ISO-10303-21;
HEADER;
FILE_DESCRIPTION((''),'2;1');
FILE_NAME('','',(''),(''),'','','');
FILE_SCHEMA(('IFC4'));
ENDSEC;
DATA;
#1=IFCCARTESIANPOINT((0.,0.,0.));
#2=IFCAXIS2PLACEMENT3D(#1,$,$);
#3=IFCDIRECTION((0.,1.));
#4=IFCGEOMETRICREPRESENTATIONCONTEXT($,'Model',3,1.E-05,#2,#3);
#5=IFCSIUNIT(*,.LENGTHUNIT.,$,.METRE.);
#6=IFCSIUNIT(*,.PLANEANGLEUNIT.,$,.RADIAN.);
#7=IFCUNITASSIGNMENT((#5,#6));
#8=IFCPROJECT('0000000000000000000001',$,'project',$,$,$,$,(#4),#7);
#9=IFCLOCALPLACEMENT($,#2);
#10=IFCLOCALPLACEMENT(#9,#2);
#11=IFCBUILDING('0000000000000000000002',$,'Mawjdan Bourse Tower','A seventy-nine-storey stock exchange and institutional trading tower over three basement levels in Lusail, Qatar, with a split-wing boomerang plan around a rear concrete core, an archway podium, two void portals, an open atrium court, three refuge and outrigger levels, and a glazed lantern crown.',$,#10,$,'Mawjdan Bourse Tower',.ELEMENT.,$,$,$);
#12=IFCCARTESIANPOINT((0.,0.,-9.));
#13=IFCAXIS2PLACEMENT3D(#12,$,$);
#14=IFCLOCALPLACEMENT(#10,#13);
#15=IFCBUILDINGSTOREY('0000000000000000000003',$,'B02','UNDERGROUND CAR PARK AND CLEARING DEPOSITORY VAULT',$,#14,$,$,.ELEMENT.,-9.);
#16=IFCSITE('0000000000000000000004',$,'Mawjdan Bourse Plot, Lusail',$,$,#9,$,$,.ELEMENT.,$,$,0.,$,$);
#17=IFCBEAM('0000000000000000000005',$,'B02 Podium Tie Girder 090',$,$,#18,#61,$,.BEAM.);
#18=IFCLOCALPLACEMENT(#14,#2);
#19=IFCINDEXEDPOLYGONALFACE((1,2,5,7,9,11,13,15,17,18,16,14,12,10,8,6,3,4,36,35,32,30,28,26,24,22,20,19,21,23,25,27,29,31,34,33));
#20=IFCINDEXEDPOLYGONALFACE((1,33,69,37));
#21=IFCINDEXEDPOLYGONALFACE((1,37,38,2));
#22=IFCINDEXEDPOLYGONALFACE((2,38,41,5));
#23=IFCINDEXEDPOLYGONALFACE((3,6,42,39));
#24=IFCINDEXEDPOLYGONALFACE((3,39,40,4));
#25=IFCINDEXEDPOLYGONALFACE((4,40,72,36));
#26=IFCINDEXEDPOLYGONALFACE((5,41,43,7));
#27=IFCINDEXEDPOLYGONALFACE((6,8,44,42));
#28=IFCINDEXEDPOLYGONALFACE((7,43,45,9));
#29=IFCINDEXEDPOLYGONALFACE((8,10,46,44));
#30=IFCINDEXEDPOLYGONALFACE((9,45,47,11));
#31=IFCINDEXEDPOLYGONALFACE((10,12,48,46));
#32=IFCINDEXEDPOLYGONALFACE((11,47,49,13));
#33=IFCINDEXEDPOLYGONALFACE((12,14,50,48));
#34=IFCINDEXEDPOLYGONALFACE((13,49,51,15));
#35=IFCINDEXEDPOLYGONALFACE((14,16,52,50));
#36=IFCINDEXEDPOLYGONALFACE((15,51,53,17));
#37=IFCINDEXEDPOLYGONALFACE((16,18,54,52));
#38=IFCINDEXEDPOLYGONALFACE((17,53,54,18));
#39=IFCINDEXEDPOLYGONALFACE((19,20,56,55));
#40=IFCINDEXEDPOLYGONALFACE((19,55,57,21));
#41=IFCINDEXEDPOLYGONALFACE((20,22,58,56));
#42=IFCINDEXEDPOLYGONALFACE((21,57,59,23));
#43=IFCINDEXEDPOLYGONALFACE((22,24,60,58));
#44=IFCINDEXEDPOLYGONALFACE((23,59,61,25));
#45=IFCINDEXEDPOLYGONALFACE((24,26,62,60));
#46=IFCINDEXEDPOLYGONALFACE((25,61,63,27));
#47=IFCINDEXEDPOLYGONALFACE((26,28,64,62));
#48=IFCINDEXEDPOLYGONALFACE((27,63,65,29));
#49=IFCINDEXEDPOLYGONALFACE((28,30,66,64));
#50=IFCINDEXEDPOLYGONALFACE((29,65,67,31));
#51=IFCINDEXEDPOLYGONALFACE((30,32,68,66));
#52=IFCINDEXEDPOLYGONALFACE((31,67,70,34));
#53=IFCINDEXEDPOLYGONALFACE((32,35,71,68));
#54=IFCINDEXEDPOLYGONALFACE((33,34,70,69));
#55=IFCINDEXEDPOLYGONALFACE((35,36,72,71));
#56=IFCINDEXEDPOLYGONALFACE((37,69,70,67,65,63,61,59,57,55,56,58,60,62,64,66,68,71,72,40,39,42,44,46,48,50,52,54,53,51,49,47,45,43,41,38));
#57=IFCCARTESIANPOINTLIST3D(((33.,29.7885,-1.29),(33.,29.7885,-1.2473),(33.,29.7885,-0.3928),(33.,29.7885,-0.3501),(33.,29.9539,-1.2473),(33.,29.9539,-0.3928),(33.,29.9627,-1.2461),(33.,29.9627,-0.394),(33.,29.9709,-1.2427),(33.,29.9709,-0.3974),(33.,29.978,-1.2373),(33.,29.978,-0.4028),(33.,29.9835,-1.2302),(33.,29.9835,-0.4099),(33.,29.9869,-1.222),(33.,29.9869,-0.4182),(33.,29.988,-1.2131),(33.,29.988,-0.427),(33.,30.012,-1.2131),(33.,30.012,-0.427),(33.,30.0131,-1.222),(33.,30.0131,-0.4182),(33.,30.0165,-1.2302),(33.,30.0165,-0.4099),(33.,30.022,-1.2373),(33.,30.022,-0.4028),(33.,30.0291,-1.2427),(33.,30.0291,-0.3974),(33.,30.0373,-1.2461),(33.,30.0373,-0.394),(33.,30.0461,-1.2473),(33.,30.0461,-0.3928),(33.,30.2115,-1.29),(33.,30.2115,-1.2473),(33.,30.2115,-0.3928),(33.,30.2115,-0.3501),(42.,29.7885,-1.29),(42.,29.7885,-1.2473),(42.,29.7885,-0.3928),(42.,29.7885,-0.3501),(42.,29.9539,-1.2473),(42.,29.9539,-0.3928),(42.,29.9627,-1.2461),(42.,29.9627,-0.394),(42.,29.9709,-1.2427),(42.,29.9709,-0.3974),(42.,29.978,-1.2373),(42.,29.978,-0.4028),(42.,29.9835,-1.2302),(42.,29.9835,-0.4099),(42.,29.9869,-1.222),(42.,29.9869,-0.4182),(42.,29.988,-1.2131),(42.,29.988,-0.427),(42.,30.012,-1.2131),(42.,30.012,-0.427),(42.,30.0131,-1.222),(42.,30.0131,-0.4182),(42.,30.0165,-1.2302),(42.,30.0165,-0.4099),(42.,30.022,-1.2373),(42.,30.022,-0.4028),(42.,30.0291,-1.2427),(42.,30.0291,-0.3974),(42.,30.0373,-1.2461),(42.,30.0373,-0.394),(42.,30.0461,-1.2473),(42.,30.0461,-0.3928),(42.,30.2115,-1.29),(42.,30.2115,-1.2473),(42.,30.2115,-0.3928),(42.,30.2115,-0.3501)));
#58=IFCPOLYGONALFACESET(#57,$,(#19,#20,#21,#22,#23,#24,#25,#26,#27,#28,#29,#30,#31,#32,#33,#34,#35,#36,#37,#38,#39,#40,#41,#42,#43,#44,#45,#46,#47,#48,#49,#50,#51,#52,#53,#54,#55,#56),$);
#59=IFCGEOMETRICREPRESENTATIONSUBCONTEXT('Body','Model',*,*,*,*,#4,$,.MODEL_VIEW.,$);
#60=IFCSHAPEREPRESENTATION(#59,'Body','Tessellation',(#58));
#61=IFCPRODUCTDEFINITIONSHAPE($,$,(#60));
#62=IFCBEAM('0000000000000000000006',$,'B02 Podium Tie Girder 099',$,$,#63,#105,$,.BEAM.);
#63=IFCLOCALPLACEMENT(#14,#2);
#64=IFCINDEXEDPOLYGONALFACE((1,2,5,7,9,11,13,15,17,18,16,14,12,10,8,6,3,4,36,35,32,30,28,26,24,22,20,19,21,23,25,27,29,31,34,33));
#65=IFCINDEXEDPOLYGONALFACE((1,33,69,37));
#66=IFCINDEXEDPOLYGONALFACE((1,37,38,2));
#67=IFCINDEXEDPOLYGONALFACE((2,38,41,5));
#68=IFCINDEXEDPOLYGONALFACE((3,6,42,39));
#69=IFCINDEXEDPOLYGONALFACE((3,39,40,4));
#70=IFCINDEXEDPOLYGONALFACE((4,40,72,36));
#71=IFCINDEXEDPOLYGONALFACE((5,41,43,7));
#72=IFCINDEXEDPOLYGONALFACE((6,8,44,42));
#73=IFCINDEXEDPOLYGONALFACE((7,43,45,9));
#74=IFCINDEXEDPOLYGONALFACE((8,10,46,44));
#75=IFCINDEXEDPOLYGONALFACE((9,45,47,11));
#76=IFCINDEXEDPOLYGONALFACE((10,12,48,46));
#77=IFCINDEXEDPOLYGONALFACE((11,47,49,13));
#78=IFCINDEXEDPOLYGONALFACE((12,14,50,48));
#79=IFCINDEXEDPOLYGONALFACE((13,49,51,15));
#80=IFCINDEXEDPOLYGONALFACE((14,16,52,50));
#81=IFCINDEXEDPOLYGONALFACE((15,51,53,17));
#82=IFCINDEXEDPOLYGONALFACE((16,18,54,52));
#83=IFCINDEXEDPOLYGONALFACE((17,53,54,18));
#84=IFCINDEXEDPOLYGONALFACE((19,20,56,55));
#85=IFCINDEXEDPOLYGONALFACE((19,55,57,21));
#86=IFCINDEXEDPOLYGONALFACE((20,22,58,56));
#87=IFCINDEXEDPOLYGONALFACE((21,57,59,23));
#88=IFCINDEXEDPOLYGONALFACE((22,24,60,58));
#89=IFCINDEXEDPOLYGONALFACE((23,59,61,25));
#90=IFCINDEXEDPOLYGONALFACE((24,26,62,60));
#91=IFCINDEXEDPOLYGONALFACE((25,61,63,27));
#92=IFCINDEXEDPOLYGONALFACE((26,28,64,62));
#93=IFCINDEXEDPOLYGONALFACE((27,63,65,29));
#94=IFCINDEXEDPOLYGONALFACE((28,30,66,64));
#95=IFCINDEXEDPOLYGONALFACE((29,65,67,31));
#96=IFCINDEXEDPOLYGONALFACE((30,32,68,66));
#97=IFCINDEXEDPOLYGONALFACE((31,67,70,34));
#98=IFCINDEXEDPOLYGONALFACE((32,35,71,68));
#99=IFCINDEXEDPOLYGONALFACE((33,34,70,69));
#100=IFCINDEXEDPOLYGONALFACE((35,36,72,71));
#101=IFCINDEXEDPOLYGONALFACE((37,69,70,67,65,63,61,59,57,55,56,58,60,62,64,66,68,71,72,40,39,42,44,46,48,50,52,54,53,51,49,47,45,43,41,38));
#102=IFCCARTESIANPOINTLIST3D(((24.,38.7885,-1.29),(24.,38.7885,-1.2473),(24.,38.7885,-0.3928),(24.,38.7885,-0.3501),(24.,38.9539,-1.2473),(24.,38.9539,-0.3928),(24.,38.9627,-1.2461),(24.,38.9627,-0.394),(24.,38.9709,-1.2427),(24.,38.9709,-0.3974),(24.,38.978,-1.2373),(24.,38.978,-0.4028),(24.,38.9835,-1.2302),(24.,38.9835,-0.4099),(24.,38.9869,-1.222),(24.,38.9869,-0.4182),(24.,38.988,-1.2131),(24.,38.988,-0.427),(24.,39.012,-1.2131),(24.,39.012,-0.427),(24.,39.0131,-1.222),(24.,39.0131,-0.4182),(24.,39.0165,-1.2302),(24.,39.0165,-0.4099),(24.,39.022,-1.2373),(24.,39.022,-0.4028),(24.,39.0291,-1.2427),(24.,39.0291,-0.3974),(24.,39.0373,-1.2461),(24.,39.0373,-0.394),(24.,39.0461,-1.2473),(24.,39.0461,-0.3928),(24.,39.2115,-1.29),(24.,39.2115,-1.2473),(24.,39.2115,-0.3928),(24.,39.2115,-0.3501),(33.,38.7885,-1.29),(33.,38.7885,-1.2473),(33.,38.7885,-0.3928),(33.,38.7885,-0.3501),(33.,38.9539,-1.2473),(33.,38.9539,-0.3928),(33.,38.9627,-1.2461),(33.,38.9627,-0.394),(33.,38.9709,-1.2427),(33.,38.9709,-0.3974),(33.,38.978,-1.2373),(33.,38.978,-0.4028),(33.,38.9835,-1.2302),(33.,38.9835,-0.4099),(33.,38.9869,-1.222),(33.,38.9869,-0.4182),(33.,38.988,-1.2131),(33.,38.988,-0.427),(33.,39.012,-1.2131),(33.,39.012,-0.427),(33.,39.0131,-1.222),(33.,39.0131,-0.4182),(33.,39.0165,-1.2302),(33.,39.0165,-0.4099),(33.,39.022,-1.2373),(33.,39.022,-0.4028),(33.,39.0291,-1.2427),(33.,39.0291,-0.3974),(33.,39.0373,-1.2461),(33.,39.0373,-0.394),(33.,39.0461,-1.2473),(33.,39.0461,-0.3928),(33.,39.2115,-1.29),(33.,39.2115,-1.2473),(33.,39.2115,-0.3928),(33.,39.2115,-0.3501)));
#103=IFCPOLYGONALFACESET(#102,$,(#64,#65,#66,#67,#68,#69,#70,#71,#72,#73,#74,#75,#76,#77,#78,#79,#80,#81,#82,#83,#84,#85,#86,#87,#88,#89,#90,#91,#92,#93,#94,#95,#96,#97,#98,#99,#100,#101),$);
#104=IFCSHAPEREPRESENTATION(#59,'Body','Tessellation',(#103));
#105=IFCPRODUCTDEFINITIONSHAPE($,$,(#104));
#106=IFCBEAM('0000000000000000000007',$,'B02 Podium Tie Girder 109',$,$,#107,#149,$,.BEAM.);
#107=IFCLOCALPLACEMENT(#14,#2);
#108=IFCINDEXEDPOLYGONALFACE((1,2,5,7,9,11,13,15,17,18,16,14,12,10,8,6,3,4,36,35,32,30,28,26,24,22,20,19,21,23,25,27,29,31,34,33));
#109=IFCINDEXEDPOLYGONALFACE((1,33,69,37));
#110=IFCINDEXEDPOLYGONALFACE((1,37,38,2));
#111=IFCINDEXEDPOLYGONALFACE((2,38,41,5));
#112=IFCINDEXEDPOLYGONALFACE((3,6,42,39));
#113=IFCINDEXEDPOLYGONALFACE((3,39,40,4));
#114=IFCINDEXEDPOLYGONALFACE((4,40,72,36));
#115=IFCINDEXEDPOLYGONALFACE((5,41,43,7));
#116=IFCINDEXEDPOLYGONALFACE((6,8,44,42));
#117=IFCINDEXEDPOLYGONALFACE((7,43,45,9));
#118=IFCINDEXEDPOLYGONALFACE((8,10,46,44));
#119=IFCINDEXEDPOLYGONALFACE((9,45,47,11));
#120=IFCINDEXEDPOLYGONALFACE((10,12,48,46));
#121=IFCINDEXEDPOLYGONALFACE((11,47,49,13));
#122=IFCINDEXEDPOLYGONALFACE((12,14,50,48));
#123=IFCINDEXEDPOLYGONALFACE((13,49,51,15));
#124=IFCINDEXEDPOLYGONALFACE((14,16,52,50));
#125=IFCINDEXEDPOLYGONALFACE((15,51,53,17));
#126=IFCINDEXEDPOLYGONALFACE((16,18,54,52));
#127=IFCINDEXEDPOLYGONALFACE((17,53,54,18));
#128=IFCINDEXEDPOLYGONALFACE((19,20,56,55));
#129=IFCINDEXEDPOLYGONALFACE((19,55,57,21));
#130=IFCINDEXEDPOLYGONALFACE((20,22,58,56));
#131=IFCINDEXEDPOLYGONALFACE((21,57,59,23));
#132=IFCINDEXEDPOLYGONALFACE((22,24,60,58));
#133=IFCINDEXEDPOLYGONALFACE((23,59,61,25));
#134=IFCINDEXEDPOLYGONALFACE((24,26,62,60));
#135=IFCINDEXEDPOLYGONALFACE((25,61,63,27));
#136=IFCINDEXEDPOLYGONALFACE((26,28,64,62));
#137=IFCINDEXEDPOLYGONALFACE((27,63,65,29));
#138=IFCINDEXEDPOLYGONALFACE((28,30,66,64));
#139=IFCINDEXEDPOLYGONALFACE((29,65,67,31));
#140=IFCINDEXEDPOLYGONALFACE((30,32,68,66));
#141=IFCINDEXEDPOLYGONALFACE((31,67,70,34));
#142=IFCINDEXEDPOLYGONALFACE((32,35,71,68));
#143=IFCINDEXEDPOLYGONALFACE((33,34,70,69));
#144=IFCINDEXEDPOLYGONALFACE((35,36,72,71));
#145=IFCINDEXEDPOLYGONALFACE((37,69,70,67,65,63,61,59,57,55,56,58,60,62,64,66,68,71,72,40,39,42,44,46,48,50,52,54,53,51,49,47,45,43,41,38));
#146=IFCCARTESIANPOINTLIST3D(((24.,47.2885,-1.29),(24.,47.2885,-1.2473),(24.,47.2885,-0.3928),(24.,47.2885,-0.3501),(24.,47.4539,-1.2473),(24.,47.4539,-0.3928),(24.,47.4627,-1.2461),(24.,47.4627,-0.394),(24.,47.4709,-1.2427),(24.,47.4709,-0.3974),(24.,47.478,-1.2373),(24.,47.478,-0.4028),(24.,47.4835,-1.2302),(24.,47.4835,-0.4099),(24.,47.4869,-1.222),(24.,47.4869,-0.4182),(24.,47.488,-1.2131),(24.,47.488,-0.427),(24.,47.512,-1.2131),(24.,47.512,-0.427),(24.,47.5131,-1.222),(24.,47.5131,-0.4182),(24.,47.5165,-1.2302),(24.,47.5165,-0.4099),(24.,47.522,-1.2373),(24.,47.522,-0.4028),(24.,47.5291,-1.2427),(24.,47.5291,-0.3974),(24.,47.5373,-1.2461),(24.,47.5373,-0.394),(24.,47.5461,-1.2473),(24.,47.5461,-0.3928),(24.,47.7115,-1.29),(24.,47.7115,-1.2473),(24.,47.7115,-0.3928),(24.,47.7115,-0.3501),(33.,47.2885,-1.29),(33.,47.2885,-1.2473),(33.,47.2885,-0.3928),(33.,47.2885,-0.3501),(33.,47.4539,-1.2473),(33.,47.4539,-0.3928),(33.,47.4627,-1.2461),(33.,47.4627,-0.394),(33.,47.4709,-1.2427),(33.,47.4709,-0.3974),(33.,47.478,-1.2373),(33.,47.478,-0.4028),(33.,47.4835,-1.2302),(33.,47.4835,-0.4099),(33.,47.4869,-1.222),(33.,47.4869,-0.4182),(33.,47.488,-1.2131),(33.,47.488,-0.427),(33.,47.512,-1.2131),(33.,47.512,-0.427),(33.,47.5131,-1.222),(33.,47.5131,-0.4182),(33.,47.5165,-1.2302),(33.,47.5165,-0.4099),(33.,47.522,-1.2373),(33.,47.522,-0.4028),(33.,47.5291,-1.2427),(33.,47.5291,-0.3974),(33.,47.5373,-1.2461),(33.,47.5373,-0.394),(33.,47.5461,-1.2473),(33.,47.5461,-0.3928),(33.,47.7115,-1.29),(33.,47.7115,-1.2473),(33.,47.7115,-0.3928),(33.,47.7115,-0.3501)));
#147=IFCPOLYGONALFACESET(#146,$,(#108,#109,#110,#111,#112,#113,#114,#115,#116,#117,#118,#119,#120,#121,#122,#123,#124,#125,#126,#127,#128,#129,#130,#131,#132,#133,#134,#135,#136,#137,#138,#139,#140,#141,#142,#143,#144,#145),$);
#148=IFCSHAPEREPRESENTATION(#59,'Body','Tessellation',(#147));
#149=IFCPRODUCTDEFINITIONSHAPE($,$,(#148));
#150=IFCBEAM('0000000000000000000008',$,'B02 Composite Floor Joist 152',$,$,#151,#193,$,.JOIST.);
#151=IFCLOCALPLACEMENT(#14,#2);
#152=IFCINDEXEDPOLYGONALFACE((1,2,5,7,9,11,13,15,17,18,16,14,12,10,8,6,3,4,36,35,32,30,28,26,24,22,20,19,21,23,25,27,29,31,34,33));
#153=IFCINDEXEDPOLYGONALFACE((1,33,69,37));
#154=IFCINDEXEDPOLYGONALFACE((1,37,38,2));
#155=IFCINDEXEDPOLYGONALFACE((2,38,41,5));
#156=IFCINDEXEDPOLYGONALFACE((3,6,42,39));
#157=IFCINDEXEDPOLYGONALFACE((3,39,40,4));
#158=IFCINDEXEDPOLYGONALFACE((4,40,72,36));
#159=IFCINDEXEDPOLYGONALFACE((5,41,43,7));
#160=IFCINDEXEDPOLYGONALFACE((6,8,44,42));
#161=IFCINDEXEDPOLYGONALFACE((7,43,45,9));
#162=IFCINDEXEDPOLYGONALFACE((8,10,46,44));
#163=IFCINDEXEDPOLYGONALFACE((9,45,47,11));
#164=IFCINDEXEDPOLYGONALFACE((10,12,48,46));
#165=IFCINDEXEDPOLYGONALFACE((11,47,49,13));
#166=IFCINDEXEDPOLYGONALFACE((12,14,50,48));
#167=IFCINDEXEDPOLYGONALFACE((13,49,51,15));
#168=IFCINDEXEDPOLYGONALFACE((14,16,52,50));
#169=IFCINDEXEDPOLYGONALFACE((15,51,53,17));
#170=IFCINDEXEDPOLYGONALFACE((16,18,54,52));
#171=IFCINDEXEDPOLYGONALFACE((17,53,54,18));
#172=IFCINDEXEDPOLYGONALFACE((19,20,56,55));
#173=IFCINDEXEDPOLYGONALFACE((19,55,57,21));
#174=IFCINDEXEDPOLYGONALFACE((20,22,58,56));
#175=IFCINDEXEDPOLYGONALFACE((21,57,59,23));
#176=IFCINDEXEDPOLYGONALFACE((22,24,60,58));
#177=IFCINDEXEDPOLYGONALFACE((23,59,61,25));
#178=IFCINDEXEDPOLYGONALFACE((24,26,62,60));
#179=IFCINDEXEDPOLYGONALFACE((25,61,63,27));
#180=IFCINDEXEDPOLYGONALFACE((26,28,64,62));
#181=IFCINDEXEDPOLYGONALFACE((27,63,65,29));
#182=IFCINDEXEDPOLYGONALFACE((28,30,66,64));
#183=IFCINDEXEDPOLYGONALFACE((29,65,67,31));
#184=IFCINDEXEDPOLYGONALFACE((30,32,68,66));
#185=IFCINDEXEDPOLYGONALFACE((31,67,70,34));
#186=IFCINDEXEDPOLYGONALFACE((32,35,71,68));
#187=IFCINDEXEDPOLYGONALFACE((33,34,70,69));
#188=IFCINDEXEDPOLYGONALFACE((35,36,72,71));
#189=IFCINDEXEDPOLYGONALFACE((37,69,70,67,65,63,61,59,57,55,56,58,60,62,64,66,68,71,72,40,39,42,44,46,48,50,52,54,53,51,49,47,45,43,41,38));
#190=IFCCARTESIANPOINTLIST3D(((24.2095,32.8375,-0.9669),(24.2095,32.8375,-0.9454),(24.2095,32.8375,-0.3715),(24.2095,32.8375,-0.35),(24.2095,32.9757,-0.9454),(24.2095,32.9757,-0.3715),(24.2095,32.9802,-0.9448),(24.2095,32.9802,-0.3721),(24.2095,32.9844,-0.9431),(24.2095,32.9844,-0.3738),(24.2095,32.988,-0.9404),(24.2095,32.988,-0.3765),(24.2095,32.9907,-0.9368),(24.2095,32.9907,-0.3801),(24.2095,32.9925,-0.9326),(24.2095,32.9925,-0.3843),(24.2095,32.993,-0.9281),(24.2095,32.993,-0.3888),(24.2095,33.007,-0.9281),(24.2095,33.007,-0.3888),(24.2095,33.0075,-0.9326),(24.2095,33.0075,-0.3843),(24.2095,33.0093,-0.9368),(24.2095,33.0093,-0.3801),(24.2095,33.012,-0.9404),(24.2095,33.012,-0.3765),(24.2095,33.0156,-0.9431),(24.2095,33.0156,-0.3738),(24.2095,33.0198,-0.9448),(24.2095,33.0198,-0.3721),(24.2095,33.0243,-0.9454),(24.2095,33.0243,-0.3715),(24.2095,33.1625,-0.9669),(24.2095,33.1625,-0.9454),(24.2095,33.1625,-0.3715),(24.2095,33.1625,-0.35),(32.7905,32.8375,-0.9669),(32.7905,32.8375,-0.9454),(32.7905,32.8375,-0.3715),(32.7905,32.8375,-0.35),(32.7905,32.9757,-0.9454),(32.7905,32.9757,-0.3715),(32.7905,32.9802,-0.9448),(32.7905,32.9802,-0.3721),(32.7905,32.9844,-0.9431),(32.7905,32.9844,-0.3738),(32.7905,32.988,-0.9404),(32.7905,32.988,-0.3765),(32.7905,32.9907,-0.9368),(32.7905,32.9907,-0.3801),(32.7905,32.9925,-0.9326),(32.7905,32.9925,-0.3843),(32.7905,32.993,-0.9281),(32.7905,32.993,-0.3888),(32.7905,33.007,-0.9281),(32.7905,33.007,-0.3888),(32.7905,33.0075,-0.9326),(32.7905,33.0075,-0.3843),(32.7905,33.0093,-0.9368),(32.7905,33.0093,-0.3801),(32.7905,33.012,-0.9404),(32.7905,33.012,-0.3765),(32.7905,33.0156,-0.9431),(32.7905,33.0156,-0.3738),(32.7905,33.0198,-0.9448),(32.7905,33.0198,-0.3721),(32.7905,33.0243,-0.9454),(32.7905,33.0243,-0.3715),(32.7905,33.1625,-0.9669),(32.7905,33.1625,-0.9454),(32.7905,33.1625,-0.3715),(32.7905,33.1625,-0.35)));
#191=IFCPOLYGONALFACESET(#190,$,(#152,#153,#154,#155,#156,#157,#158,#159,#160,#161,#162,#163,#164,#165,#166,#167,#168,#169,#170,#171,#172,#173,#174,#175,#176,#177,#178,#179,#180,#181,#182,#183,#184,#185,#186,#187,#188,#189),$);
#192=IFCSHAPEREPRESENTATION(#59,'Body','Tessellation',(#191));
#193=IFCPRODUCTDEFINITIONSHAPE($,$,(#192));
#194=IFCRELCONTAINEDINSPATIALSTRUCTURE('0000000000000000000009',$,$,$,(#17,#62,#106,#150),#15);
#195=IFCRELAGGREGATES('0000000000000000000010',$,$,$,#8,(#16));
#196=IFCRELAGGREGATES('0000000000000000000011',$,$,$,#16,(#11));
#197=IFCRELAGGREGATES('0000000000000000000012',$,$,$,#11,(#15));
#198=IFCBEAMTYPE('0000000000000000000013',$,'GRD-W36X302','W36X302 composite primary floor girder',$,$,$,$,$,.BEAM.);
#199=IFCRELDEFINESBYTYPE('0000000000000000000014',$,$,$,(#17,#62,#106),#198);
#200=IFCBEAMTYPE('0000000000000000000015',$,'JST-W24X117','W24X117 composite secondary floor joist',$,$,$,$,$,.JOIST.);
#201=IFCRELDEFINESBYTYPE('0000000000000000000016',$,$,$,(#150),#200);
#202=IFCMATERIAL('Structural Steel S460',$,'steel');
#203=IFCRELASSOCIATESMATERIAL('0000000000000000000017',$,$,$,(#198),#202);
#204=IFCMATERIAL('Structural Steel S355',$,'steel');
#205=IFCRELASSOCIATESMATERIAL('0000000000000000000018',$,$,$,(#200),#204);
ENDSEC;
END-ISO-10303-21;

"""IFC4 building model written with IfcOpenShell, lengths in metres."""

from ifc_helpers import new_model, si_unit, direction, frame, origin, origin_2d, place, context, subcontext, project, spatial, i_section, extrude, material, material_profile, profile_set, type_object, element, save


model = new_model("IFC4")

# Units and contexts
model_context = context("Model", 3, precision=1e-05, world=origin(), true_north=direction((0.0, 1.0)))
body_context = subcontext(model_context, "Body", "Model", "MODEL_VIEW")
ifc_project = project(units=[si_unit("LENGTHUNIT", "METRE"), si_unit("PLANEANGLEUNIT", "RADIAN")], contexts=[model_context])

# Site, building, storey
site_placement = place(None, origin())
site = spatial("IfcSite", under=ifc_project, at=site_placement, Name="Mawjdan Bourse Plot, Lusail", CompositionType="ELEMENT", RefElevation=0.0)
building_placement = place(site_placement, origin())
building = spatial("IfcBuilding", under=site, at=building_placement, Name="Mawjdan Bourse Tower", Description="A seventy-nine-storey stock exchange and institutional trading tower over three basement levels in Lusail, Qatar, with a split-wing boomerang plan around a rear concrete core, an archway podium, two void portals, an open atrium court, three refuge and outrigger levels, and a glazed lantern crown.", LongName="Mawjdan Bourse Tower", CompositionType="ELEMENT")
storey_placement = place(building_placement, frame((0.0, 0.0, -9.0)))
storey = spatial("IfcBuildingStorey", under=building, at=storey_placement, Name="B02", Description="UNDERGROUND CAR PARK AND CLEARING DEPOSITORY VAULT", CompositionType="ELEMENT", Elevation=-9.0)

# Beams
ifc_material_1 = material(Name="Structural Steel S460", Category="steel")
ifc_material_profile_1 = material_profile(ifc_material_1, i_section(OverallWidth=0.4231, OverallDepth=0.9399, WebThickness=0.0239, FlangeThickness=0.0427, FilletRadius=0.0342, at=origin_2d()), Name="W36X302")
ifc_profile_set_1 = profile_set([ifc_material_profile_1], Name="Structural Steel S460")
beam_type_1 = type_object("IfcBeamType", Name="GRD-W36X302", Description="W36X302 composite primary floor girder", PredefinedType="BEAM", material=ifc_profile_set_1)
for number, where, z_axis, x_axis, name in (
    (1, (33.0, 30.0, -0.8201), (1.0, 0.0, 0.0), (0.0, 1.0, 0.0), "B02 Podium Tie Girder 090"),
    (2, (24.0, 39.0, -0.8201), (1.0, 0.0, 0.0), (0.0, 1.0, 0.0), "B02 Podium Tie Girder 099"),
    (3, (24.0, 47.5, -0.8201), (1.0, 0.0, 0.0), (0.0, 1.0, 0.0), "B02 Podium Tie Girder 109"),
):
    element("IfcBeam", number, at=place(storey_placement, frame(where, z_axis=z_axis, x_axis=x_axis)), inside=storey, type_object=beam_type_1, Name=name, PredefinedType="BEAM", context=body_context, shape_type="SweptSolid", body=[
        extrude(i_section(OverallWidth=0.4231, OverallDepth=0.9399, WebThickness=0.0239, FlangeThickness=0.0427, FilletRadius=0.0342, at=origin_2d()), origin(), (0.0, 0.0, 1.0), 9.0),
    ])
ifc_material_2 = material(Name="Structural Steel S355", Category="steel")
ifc_material_profile_2 = material_profile(ifc_material_2, i_section(OverallWidth=0.325, OverallDepth=0.6169, WebThickness=0.0139, FlangeThickness=0.0215, FilletRadius=0.0173, at=origin_2d()), Name="W24X117")
ifc_profile_set_2 = profile_set([ifc_material_profile_2], Name="Structural Steel S355")
beam_type_2 = type_object("IfcBeamType", Name="JST-W24X117", Description="W24X117 composite secondary floor joist", PredefinedType="JOIST", material=ifc_profile_set_2)
for number, where, z_axis, x_axis, name in (
    (4, (24.2095, 33.0, -0.6584), (1.0, 0.0, 0.0), (0.0, 1.0, 0.0), "B02 Composite Floor Joist 152"),
):
    element("IfcBeam", number, at=place(storey_placement, frame(where, z_axis=z_axis, x_axis=x_axis)), inside=storey, type_object=beam_type_2, Name=name, PredefinedType="JOIST", context=body_context, shape_type="SweptSolid", body=[
        extrude(i_section(OverallWidth=0.325, OverallDepth=0.6169, WebThickness=0.0139, FlangeThickness=0.0215, FilletRadius=0.0173, at=origin_2d()), origin(), (0.0, 0.0, 1.0), 8.5811),
    ])

save(model, "model.ifc")
